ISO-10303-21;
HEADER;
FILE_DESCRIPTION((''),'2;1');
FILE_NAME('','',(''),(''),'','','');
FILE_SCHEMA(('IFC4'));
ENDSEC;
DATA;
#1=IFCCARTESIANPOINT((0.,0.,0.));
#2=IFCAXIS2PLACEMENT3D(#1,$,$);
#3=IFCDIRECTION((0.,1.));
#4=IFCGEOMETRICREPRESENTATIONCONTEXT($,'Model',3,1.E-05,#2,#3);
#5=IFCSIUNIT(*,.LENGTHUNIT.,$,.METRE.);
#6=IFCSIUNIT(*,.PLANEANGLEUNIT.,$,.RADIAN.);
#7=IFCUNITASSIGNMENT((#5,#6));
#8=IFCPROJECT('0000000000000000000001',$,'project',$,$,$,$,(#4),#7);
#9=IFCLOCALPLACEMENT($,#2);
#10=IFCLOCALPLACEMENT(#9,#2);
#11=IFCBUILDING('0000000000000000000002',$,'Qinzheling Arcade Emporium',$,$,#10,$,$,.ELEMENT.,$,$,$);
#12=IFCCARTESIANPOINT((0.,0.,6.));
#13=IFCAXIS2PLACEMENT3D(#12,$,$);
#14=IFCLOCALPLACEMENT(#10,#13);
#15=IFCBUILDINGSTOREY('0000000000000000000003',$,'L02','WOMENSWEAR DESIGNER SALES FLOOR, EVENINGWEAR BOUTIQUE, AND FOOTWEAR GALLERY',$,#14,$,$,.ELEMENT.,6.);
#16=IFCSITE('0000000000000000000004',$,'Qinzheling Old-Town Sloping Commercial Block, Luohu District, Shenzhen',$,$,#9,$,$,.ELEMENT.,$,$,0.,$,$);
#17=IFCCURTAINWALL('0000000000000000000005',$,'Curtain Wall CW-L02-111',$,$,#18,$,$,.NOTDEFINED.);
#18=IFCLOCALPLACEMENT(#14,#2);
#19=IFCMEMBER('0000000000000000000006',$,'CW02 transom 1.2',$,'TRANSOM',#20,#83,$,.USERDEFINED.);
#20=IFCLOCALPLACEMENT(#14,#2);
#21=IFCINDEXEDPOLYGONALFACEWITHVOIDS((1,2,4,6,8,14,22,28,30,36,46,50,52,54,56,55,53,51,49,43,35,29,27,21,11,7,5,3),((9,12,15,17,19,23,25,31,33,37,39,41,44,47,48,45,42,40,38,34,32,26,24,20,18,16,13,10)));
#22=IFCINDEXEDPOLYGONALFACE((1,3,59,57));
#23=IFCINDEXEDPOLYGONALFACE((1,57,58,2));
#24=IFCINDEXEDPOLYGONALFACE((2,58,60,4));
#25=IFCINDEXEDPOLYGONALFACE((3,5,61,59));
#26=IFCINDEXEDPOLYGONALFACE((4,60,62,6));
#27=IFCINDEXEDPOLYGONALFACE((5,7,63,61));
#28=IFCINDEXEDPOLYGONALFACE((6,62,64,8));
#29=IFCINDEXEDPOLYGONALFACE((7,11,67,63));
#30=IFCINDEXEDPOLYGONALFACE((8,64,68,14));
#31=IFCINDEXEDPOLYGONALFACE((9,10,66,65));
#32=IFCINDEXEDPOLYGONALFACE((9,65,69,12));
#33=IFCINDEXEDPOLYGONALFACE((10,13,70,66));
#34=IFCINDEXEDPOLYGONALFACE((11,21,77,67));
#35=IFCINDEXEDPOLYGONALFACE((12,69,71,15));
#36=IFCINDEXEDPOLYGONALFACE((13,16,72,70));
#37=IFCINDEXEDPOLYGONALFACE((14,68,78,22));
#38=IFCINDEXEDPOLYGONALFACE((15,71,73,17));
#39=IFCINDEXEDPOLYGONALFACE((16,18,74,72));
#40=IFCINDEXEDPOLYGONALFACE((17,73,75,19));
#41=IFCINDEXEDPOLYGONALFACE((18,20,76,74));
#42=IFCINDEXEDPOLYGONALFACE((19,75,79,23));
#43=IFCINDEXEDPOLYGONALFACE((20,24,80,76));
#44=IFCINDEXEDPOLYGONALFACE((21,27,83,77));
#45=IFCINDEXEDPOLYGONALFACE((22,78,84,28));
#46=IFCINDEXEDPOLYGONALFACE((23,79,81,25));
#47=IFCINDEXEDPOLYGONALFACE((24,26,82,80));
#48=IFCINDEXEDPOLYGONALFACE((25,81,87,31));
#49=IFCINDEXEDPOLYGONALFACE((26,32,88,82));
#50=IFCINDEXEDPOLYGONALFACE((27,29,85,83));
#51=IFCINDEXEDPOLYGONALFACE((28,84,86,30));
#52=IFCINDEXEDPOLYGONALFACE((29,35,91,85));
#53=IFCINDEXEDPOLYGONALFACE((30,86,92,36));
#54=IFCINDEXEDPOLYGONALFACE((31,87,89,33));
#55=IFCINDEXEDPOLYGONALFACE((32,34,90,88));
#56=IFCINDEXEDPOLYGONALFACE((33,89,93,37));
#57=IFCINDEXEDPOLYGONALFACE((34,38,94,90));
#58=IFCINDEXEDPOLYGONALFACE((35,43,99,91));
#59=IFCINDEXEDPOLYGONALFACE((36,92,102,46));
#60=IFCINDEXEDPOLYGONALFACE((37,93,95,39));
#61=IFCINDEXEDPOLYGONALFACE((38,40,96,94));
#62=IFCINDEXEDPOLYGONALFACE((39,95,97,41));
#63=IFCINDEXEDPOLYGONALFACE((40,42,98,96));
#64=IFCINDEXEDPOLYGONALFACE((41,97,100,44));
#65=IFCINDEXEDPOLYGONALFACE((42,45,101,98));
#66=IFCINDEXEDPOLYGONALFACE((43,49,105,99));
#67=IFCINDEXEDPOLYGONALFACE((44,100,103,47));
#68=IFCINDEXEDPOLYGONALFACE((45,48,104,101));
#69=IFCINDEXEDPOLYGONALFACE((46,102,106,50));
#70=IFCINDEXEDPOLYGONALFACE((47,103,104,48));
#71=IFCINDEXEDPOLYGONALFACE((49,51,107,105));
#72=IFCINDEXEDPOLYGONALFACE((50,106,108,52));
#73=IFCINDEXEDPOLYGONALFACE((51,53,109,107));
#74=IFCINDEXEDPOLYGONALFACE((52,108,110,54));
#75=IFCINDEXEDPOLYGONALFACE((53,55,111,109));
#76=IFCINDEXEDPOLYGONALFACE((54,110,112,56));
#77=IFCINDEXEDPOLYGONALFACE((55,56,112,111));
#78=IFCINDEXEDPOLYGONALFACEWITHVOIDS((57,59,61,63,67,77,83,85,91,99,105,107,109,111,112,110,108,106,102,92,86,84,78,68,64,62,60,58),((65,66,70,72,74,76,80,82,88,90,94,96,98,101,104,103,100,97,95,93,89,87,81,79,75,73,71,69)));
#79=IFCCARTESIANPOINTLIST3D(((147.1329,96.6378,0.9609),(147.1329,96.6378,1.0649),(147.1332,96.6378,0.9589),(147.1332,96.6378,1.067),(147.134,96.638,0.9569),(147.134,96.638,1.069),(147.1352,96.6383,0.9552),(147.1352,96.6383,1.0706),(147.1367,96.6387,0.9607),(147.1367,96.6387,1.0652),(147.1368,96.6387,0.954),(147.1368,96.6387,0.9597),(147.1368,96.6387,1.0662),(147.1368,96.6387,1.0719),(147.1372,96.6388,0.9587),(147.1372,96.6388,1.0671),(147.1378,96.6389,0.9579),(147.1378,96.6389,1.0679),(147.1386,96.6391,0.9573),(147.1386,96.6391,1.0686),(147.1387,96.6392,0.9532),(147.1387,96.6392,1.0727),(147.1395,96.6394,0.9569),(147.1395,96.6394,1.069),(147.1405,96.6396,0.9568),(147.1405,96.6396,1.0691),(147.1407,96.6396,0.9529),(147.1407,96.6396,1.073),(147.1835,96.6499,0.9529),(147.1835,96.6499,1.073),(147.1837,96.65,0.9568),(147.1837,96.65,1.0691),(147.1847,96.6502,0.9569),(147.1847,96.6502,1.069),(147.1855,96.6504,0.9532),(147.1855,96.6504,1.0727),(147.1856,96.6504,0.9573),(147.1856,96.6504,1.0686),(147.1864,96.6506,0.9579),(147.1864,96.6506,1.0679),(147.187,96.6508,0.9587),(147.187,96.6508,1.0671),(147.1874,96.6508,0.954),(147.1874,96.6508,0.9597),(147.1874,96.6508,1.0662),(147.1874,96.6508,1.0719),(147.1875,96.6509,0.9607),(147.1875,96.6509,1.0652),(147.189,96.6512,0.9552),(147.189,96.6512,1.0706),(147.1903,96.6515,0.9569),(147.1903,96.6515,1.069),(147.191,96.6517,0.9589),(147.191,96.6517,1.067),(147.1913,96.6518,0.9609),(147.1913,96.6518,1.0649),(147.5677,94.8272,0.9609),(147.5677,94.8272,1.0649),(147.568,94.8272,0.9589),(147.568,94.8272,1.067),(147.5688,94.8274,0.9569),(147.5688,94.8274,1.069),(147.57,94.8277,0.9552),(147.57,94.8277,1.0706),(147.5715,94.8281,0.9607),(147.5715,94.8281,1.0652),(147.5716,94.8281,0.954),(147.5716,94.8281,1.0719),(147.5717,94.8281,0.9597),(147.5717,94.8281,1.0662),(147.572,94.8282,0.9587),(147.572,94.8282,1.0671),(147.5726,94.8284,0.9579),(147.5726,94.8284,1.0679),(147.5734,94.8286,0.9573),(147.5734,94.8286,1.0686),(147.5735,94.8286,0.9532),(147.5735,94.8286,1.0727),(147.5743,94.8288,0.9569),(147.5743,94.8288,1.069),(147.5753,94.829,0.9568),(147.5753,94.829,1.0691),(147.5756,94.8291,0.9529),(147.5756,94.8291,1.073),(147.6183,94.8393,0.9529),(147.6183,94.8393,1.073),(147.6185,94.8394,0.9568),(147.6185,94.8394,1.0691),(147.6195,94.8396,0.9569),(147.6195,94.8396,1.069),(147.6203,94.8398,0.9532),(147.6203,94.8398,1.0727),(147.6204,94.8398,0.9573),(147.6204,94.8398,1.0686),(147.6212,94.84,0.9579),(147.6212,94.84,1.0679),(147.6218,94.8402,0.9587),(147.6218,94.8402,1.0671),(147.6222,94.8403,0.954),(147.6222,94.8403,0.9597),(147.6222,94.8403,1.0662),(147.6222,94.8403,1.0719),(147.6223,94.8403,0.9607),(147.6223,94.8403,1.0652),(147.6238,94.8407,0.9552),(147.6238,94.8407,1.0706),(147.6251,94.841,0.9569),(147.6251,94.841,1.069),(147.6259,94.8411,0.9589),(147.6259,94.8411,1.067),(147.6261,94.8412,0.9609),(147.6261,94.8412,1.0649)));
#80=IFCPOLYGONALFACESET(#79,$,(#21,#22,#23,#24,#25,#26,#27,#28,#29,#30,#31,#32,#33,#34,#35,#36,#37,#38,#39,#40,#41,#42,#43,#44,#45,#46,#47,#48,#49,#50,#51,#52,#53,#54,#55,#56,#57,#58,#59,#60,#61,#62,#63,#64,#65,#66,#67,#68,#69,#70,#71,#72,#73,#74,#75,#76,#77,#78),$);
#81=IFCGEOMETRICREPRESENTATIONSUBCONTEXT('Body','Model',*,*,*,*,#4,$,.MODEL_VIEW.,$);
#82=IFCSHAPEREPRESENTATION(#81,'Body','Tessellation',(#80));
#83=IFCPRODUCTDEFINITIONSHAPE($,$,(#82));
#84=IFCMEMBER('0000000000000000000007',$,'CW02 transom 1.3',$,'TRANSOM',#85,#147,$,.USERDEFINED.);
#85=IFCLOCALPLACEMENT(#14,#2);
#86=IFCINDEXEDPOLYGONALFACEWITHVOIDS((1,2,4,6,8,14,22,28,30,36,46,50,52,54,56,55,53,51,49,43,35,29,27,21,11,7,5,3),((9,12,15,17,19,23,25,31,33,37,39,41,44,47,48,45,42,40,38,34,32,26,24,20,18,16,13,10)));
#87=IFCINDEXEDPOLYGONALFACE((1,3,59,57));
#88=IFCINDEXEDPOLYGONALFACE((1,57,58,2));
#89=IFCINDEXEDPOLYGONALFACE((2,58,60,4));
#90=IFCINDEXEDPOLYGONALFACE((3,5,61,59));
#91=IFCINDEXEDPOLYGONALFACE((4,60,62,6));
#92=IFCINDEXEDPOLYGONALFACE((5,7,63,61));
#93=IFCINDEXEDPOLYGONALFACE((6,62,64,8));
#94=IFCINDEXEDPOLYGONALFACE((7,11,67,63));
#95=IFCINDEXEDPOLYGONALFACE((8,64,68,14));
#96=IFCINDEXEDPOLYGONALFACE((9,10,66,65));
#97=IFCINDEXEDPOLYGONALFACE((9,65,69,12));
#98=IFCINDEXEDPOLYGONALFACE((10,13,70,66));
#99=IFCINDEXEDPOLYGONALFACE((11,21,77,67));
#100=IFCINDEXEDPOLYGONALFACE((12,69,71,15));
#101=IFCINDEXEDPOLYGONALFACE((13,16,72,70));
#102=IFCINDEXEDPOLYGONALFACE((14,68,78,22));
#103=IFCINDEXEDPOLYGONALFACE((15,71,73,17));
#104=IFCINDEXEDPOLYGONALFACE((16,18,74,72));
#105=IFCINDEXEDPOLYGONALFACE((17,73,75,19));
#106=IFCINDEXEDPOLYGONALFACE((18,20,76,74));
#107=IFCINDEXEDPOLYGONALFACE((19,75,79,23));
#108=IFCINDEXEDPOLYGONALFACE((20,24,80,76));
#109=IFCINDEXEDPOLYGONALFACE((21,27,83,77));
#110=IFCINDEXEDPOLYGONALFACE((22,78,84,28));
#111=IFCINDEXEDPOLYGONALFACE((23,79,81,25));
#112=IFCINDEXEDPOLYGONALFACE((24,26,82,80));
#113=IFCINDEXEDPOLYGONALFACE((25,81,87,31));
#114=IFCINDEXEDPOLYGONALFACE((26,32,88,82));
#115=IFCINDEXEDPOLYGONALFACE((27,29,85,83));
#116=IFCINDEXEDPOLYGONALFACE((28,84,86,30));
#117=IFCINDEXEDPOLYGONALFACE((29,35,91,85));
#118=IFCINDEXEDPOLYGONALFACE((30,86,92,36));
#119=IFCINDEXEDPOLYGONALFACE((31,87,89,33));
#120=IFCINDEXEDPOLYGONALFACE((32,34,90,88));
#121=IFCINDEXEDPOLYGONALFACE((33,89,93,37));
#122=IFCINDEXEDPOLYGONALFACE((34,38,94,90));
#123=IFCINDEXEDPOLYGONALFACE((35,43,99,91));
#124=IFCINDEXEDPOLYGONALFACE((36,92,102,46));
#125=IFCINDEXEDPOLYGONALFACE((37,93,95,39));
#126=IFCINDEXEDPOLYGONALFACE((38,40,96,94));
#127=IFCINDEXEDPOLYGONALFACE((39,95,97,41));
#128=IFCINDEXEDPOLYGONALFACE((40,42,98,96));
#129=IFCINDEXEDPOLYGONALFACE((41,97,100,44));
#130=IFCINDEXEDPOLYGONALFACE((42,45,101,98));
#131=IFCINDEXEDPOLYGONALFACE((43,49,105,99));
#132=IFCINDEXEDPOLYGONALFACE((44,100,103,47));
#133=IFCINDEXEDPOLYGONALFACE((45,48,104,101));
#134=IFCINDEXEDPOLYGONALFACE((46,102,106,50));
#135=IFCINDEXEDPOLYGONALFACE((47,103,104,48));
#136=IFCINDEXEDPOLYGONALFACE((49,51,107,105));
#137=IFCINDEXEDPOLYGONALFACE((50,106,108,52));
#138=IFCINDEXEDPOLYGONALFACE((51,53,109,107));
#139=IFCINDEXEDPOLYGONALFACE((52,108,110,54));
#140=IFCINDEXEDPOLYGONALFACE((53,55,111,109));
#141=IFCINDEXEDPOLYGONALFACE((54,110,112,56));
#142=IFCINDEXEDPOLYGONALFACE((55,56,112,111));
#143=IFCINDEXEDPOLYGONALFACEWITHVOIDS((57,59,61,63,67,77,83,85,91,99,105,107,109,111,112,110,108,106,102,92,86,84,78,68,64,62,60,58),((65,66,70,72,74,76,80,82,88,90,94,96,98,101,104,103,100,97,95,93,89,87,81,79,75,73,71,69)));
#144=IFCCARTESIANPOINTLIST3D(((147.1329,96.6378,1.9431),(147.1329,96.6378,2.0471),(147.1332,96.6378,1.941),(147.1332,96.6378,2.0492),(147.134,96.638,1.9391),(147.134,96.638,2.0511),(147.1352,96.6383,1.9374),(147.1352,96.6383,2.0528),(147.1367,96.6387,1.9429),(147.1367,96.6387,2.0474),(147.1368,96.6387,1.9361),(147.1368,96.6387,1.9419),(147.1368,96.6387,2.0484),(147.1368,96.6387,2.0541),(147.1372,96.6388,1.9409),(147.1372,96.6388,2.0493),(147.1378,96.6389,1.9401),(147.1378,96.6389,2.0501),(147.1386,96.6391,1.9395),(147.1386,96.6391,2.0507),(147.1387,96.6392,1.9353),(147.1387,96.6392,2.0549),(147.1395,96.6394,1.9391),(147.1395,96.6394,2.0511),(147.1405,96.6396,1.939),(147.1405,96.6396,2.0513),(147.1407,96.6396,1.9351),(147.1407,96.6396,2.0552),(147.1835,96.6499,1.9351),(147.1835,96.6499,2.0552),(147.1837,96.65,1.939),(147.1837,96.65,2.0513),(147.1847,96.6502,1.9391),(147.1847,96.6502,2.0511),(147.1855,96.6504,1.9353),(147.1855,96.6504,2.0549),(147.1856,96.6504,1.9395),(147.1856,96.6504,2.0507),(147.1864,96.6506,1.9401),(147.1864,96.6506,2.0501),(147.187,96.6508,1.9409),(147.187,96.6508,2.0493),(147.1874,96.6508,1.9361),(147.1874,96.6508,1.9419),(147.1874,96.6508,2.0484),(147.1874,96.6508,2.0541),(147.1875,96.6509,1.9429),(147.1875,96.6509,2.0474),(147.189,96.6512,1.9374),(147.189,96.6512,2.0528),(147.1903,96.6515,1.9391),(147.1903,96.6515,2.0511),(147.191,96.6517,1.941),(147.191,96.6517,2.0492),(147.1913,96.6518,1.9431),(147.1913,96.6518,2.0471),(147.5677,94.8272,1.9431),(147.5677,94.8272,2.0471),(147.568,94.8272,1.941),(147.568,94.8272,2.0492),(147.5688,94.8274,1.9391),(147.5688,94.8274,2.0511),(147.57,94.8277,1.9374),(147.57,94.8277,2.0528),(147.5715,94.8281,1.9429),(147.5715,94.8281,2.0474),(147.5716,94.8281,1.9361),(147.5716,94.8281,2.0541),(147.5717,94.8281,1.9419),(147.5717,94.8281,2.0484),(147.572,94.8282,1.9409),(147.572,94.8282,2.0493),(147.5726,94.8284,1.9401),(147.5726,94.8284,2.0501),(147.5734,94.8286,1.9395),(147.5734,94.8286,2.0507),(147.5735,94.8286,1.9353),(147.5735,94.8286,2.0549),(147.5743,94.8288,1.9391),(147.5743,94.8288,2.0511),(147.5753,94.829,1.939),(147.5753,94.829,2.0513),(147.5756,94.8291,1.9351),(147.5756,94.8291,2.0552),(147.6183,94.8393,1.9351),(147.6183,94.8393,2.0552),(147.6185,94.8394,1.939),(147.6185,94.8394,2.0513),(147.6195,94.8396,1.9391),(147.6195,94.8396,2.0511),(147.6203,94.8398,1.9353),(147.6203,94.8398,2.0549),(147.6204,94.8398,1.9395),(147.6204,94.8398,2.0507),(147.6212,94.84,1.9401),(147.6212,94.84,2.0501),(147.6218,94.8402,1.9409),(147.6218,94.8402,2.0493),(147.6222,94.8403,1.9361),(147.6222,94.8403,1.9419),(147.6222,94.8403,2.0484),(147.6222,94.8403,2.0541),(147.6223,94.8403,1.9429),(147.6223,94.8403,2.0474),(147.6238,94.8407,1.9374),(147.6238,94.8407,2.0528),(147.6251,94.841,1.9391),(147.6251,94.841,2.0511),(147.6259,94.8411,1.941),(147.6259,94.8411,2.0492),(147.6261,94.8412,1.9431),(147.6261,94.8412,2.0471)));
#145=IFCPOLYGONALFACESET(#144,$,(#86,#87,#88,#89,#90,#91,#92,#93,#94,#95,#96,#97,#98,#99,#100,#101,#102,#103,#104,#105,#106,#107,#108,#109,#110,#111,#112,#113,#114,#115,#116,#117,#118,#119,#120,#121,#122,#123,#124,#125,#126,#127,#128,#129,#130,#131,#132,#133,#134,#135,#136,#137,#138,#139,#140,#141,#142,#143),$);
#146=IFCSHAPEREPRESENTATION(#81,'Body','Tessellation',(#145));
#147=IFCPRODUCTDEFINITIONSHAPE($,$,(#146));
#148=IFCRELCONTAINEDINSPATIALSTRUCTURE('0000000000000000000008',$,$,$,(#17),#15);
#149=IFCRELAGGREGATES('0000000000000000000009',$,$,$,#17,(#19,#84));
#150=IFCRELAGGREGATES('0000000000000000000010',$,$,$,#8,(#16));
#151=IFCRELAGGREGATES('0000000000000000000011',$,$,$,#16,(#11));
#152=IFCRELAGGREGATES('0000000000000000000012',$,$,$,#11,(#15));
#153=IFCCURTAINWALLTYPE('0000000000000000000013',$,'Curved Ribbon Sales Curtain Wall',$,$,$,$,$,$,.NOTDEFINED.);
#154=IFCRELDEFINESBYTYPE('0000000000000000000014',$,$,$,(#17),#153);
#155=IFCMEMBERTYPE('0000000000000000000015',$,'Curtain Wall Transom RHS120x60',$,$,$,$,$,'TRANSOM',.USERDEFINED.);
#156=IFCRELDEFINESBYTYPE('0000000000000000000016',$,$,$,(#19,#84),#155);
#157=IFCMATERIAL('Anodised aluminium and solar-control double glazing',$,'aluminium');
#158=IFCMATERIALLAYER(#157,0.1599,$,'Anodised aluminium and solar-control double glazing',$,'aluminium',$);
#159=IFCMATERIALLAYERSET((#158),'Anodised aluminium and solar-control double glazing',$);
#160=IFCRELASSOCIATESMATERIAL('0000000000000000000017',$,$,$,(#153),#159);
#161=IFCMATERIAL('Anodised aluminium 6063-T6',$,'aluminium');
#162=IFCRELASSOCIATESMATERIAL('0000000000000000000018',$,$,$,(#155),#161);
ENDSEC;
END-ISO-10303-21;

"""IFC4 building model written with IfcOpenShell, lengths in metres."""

from ifc_helpers import new_model, si_unit, direction, frame, origin, origin_2d, place, context, subcontext, project, spatial, hollow_rectangle, extrude, material, layer, layer_set, material_profile, profile_set, type_object, element, aggregate, save


model = new_model("IFC4")

# Units and contexts
model_context = context("Model", 3, precision=1e-05, world=origin(), true_north=direction((0.0, 1.0)))
body_context = subcontext(model_context, "Body", "Model", "MODEL_VIEW")
ifc_project = project(units=[si_unit("LENGTHUNIT", "METRE"), si_unit("PLANEANGLEUNIT", "RADIAN")], contexts=[model_context])

# Site, building, storey
site_placement = place(None, origin())
site = spatial("IfcSite", under=ifc_project, at=site_placement, Name="Qinzheling Old-Town Sloping Commercial Block, Luohu District, Shenzhen", CompositionType="ELEMENT", RefElevation=0.0)
building_placement = place(site_placement, origin())
building = spatial("IfcBuilding", under=site, at=building_placement, Name="Qinzheling Arcade Emporium", CompositionType="ELEMENT")
storey_placement = place(building_placement, frame((0.0, 0.0, 6.0)))
storey = spatial("IfcBuildingStorey", under=building, at=storey_placement, Name="L02", Description="WOMENSWEAR DESIGNER SALES FLOOR, EVENINGWEAR BOUTIQUE, AND FOOTWEAR GALLERY", CompositionType="ELEMENT", Elevation=6.0)

# Curtain wall
ifc_material_1 = material(Name="Anodised aluminium and solar-control double glazing", Category="aluminium")
ifc_layer_1 = layer(ifc_material_1, 0.1599, Name="Anodised aluminium and solar-control double glazing", Category="aluminium")
ifc_layer_set_1 = layer_set([ifc_layer_1], Name="Anodised aluminium and solar-control double glazing")
curtain_wall_type = type_object("IfcCurtainWallType", Name="Curved Ribbon Sales Curtain Wall", PredefinedType="NOTDEFINED", material=ifc_layer_set_1)
curtain_wall_1_placement = place(storey_placement, origin())
curtain_wall_1 = element("IfcCurtainWall", 1, at=curtain_wall_1_placement, inside=storey, type_object=curtain_wall_type, Name="Curtain Wall CW-L02-111", PredefinedType="NOTDEFINED")
ifc_material_2 = material(Name="Anodised aluminium 6063-T6", Category="aluminium")

# Members
ifc_material_profile_1 = material_profile(ifc_material_2, hollow_rectangle(XDim=0.0601, YDim=0.1201, WallThickness=0.0039, InnerFilletRadius=0.0039, OuterFilletRadius=0.0081, at=origin_2d()), Name="RHS 120x60x4", Category="aluminium")
ifc_profile_set_1 = profile_set([ifc_material_profile_1], Name="Anodised aluminium 6063-T6")
member_type_1 = type_object("IfcMemberType", Name="Curtain Wall Transom RHS120x60", ElementType="TRANSOM", PredefinedType="USERDEFINED", material=ifc_profile_set_1)
member_1_placement = place(storey_placement, frame((147.1621, 96.6448, 1.0129), z_axis=(0.233517, -0.972353, 0.0), x_axis=(0.972353, 0.233517, 0.0)))
member_1 = element("IfcMember", 2, at=member_1_placement, type_object=member_type_1, Name="CW02 transom 1.2", ObjectType="TRANSOM", PredefinedType="USERDEFINED", context=body_context, shape_type="SweptSolid", body=[
    extrude(hollow_rectangle(XDim=0.0601, YDim=0.1201, WallThickness=0.0039, InnerFilletRadius=0.0039, OuterFilletRadius=0.0081, at=origin_2d()), origin(), (0.0, 0.0, 1.0), 1.8621),
])
member_2_placement = place(storey_placement, frame((147.1621, 96.6448, 1.9951), z_axis=(0.233517, -0.972353, 0.0), x_axis=(0.972353, 0.233517, 0.0)))
member_2 = element("IfcMember", 3, at=member_2_placement, type_object=member_type_1, Name="CW02 transom 1.3", ObjectType="TRANSOM", PredefinedType="USERDEFINED", context=body_context, shape_type="SweptSolid", body=[
    extrude(hollow_rectangle(XDim=0.0601, YDim=0.1201, WallThickness=0.0039, InnerFilletRadius=0.0039, OuterFilletRadius=0.0081, at=origin_2d()), origin(), (0.0, 0.0, 1.0), 1.8621),
])

aggregate(curtain_wall_1, [member_1, member_2])

save(model, "model.ifc")
